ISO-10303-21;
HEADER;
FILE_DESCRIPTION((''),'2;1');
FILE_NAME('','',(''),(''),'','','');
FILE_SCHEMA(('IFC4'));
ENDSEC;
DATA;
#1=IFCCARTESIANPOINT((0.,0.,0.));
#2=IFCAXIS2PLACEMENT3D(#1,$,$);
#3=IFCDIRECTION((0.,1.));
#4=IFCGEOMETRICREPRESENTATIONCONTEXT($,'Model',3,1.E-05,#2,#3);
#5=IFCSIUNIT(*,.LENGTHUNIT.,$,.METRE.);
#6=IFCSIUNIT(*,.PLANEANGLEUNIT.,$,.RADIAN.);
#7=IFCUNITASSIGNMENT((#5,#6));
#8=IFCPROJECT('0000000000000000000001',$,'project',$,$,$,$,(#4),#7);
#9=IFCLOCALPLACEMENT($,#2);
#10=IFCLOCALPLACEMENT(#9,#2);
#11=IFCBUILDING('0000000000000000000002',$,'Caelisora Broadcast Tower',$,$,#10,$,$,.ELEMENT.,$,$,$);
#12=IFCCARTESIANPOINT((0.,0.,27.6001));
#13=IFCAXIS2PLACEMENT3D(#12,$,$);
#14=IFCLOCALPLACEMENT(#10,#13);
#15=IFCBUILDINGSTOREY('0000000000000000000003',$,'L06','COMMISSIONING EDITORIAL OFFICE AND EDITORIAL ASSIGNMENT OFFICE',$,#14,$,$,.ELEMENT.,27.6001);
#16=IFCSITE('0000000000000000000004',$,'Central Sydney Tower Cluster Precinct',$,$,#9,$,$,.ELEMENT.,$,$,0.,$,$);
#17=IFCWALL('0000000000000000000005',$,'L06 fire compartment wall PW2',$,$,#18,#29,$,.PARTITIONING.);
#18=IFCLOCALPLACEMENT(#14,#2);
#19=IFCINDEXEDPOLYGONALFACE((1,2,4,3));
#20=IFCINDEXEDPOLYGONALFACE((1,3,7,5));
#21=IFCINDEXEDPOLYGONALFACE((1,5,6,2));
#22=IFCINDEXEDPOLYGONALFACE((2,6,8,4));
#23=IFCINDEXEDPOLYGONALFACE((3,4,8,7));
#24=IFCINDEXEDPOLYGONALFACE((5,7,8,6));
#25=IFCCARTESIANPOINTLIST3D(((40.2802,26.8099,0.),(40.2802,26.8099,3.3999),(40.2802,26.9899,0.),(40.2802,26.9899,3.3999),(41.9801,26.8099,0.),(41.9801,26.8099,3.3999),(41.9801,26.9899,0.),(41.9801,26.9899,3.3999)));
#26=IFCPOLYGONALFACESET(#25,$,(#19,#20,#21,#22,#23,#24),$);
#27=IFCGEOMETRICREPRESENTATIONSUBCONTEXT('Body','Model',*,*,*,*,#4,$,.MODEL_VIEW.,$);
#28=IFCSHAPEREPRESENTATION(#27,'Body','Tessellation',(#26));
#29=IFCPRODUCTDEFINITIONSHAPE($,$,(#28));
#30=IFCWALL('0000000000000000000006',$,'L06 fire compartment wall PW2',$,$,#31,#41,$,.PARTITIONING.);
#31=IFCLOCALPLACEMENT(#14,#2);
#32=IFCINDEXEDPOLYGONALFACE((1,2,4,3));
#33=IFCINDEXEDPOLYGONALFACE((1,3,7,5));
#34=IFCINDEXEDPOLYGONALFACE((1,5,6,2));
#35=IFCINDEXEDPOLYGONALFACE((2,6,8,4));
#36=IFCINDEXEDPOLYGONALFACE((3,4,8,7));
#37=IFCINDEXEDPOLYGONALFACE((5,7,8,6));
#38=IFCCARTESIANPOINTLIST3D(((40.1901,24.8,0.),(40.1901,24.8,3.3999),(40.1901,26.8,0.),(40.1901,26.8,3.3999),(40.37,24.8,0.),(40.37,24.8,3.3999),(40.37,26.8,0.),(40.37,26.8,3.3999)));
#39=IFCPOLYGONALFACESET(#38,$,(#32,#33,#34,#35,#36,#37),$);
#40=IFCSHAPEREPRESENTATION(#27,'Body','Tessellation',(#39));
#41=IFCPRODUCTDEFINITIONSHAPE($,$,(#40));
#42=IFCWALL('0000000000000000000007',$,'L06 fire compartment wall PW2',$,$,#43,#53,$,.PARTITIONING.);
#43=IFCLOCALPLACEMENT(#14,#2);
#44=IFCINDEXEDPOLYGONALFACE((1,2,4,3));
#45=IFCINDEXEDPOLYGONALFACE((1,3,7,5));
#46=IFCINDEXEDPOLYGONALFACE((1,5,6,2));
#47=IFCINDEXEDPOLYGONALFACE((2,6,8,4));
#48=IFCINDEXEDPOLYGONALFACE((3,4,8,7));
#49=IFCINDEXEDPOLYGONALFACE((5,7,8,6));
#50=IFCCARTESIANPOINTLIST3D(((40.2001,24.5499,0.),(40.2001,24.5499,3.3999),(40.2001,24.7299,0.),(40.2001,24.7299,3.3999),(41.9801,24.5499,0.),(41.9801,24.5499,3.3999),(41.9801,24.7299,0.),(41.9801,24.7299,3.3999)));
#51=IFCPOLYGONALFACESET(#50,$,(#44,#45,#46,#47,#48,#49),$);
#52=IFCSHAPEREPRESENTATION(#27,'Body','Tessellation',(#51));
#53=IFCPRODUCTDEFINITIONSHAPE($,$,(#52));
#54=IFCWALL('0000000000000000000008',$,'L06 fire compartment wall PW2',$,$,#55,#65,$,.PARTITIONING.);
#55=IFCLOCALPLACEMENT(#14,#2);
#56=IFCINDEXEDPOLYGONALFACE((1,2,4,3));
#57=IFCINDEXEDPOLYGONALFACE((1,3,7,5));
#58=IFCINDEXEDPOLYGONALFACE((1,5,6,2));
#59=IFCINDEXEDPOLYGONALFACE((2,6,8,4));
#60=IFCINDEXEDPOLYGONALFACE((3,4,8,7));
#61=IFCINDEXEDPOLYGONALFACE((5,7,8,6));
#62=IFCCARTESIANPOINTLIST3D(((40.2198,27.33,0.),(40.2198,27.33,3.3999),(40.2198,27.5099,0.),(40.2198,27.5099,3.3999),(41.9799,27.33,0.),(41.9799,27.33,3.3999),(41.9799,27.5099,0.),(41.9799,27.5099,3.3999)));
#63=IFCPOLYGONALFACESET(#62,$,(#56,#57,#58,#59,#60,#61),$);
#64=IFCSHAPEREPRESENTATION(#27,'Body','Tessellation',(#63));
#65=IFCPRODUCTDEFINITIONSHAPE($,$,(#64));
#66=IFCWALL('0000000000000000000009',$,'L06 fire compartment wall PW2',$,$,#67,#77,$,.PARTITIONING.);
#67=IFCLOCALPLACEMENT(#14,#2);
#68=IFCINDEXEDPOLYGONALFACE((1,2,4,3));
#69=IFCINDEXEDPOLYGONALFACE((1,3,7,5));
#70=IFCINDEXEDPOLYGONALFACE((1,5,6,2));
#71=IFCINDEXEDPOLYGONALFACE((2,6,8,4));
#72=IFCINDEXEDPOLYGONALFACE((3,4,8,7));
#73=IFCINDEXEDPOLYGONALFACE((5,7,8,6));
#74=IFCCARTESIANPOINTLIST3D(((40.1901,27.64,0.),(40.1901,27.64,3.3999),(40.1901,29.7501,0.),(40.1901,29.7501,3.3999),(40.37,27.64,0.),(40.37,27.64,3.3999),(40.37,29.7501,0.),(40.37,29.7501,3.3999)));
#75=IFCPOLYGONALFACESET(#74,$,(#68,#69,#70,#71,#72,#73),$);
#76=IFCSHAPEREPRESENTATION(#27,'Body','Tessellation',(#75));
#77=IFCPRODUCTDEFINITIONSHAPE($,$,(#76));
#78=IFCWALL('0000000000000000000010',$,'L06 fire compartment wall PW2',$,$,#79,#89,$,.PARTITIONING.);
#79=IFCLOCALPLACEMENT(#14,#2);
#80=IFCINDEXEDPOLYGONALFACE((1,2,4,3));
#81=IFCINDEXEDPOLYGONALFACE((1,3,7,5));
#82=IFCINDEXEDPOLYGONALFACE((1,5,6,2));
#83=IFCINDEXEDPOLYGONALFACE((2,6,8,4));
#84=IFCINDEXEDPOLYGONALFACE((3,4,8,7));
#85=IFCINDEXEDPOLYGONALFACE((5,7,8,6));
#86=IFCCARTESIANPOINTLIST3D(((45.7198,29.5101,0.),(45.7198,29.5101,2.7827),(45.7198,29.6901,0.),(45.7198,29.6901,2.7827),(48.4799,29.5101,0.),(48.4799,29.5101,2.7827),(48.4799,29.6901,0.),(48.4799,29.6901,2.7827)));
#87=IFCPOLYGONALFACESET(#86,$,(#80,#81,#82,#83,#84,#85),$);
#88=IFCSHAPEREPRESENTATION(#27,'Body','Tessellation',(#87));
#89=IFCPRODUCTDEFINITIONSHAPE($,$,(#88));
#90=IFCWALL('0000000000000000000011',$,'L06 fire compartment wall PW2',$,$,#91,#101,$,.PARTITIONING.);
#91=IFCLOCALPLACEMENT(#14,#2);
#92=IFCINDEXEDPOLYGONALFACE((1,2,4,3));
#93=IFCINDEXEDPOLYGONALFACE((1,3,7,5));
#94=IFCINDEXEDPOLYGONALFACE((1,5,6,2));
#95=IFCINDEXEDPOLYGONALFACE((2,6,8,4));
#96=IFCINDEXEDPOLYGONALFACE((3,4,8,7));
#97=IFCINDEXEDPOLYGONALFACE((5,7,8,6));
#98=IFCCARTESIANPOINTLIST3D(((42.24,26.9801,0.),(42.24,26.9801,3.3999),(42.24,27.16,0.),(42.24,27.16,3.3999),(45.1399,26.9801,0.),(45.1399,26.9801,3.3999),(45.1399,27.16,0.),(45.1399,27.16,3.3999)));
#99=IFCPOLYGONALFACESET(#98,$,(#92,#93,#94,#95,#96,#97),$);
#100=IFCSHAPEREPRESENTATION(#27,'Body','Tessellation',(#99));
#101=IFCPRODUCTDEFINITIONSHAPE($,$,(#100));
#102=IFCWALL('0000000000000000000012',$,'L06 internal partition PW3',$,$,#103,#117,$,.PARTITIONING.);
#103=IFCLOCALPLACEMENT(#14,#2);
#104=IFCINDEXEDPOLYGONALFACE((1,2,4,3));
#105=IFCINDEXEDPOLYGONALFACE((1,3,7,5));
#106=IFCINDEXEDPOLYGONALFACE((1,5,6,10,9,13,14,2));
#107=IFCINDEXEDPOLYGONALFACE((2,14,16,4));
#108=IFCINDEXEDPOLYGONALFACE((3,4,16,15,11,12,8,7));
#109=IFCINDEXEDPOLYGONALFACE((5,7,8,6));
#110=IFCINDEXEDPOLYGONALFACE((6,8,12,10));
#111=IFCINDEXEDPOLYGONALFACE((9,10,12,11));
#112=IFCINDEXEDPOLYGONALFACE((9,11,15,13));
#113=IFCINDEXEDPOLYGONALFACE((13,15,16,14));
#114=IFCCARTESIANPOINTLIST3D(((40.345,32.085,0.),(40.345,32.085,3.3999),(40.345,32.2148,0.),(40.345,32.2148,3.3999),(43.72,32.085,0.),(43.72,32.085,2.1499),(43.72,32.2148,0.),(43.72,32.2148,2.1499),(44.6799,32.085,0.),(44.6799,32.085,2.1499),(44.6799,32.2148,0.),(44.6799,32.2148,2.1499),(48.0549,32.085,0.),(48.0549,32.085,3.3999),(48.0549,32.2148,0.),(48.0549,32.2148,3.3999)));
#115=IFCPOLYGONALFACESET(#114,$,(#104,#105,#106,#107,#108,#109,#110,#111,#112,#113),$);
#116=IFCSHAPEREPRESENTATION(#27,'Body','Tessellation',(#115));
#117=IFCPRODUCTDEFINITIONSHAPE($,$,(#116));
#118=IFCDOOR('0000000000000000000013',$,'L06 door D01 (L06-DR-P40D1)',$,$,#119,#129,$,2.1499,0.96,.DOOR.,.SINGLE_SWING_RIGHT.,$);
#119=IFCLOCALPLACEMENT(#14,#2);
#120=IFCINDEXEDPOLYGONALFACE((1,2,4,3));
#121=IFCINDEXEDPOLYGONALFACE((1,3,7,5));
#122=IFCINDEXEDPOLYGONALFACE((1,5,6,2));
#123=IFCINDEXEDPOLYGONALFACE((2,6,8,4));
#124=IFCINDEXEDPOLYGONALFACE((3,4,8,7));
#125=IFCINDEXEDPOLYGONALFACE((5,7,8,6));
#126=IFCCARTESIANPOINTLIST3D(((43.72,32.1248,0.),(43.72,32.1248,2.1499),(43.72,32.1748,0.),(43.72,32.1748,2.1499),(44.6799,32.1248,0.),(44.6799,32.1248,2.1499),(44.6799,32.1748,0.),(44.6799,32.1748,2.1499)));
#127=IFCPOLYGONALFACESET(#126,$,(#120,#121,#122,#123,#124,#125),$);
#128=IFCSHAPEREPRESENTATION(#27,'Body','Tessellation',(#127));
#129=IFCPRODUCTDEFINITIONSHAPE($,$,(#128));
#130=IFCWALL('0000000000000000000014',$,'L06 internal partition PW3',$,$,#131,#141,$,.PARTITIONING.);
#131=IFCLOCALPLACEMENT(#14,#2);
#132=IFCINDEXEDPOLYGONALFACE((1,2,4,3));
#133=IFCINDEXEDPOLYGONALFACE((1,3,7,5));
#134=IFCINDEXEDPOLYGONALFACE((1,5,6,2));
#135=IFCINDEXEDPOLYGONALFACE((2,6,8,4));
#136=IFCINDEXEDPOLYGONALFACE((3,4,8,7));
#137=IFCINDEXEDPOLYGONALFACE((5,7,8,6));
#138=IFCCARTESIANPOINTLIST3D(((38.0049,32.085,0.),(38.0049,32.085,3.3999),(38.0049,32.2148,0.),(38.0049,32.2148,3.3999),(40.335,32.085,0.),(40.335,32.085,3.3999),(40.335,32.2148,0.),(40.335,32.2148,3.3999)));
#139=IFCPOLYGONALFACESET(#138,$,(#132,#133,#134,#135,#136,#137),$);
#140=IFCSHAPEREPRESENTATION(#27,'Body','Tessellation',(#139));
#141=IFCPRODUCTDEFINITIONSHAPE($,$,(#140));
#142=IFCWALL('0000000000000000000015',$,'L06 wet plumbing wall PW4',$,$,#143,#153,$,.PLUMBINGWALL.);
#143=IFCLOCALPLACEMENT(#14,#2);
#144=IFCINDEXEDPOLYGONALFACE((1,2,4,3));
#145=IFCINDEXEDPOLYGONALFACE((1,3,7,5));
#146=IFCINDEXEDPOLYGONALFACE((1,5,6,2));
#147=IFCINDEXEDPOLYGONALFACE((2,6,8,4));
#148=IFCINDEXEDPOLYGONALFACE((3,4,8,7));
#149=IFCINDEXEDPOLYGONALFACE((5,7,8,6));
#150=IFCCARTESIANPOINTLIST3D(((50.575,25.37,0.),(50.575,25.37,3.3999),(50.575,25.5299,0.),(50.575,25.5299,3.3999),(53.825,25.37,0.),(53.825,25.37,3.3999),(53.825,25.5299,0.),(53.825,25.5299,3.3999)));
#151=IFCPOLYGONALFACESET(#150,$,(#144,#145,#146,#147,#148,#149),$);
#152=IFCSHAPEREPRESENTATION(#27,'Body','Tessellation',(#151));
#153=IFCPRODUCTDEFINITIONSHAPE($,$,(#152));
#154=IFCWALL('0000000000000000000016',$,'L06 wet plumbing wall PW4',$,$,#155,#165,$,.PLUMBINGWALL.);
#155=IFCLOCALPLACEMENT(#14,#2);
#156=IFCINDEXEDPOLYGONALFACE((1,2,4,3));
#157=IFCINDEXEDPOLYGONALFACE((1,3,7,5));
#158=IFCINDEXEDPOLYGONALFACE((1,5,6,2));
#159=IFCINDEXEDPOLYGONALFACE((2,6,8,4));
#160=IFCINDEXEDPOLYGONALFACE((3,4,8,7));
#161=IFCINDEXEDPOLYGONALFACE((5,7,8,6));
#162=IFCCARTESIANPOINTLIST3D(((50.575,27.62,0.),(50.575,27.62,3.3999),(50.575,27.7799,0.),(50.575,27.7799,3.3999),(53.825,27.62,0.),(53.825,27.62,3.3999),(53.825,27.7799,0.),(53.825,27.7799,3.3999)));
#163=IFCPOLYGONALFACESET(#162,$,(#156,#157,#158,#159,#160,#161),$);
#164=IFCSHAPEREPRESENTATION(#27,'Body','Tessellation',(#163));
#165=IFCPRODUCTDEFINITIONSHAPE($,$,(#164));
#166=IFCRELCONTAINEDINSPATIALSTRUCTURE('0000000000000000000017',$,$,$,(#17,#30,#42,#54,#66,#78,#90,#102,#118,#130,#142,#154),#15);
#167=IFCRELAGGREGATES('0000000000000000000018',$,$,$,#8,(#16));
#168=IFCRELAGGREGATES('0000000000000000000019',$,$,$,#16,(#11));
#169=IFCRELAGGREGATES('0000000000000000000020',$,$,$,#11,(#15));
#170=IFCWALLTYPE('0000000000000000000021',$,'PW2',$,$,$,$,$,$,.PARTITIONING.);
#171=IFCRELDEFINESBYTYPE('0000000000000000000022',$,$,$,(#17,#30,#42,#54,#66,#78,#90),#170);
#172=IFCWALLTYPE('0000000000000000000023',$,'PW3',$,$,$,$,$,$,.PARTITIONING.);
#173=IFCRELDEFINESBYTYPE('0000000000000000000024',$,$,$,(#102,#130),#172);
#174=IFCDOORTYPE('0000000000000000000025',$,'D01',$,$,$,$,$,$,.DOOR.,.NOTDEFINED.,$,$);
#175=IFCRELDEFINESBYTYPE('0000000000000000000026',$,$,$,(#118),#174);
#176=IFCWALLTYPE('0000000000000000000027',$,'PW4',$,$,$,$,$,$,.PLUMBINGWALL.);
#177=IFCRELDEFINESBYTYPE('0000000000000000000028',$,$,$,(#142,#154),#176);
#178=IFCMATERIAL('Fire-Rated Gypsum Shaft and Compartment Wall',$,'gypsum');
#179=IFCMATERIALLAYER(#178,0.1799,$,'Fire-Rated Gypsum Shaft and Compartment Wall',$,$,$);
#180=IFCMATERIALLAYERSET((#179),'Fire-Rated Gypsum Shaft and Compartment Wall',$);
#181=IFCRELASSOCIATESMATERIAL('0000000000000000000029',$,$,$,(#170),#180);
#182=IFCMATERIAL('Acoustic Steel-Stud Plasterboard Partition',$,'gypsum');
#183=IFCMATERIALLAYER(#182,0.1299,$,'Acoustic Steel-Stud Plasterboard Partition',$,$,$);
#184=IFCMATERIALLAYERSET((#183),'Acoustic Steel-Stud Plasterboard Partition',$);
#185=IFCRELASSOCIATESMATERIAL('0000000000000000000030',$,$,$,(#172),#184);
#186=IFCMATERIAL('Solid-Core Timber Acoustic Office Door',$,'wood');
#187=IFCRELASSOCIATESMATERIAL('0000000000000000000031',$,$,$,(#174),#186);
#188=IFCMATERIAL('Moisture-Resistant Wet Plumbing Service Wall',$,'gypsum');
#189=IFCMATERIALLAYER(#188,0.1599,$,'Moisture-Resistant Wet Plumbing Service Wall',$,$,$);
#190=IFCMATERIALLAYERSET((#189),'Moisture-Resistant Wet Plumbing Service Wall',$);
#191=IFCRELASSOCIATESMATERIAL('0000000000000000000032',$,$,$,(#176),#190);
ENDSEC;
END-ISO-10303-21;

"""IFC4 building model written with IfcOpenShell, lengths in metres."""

from ifc_helpers import new_model, si_unit, direction, frame, frame_2d, origin, place, context, subcontext, project, spatial, rectangle, extrude, material, layer, layer_set, type_object, element, fill, save


model = new_model("IFC4")

# Units and contexts
model_context = context("Model", 3, precision=1e-05, world=origin(), true_north=direction((0.0, 1.0)))
body_context = subcontext(model_context, "Body", "Model", "MODEL_VIEW")
ifc_project = project(units=[si_unit("LENGTHUNIT", "METRE"), si_unit("PLANEANGLEUNIT", "RADIAN")], contexts=[model_context])

# Site, building, storey
site_placement = place(None, origin())
site = spatial("IfcSite", under=ifc_project, at=site_placement, Name="Central Sydney Tower Cluster Precinct", CompositionType="ELEMENT", RefElevation=0.0)
building_placement = place(site_placement, origin())
building = spatial("IfcBuilding", under=site, at=building_placement, Name="Caelisora Broadcast Tower", CompositionType="ELEMENT")
storey_placement = place(building_placement, frame((0.0, 0.0, 27.6001)))
storey = spatial("IfcBuildingStorey", under=building, at=storey_placement, Name="L06", Description="COMMISSIONING EDITORIAL OFFICE AND EDITORIAL ASSIGNMENT OFFICE", CompositionType="ELEMENT", Elevation=27.6001)

# Walls
ifc_material_1 = material(Name="Fire-Rated Gypsum Shaft and Compartment Wall", Category="gypsum")
ifc_layer_1 = layer(ifc_material_1, 0.1799, Name="Fire-Rated Gypsum Shaft and Compartment Wall")
ifc_layer_set_1 = layer_set([ifc_layer_1], Name="Fire-Rated Gypsum Shaft and Compartment Wall")
wall_type_1 = type_object("IfcWallType", Name="PW2", PredefinedType="PARTITIONING", material=ifc_layer_set_1)
wall_1_placement = place(storey_placement, frame((40.28, 26.8999, 0.0), z_axis=(0.0, 0.0, 1.0), x_axis=(1.0, 0.0, 0.0)))
element("IfcWall", 1, at=wall_1_placement, inside=storey, type_object=wall_type_1, Name="L06 fire compartment wall PW2", PredefinedType="PARTITIONING", context=body_context, shape_type="SweptSolid", body=[
    extrude(rectangle(XDim=1.7, YDim=0.1799, at=frame_2d((0.8501, 0.0))), origin(), (0.0, 0.0, 1.0), 3.3999),
])
wall_2_placement = place(storey_placement, frame((40.28, 24.8, 0.0), z_axis=(0.0, 0.0, 1.0), x_axis=(0.0, 1.0, 0.0)))
element("IfcWall", 2, at=wall_2_placement, inside=storey, type_object=wall_type_1, Name="L06 fire compartment wall PW2", PredefinedType="PARTITIONING", context=body_context, shape_type="SweptSolid", body=[
    extrude(rectangle(XDim=2.0, YDim=0.1799, at=frame_2d((1.0, 0.0))), origin(), (0.0, 0.0, 1.0), 3.3999),
])
wall_3_placement = place(storey_placement, frame((40.2, 24.6399, 0.0), z_axis=(0.0, 0.0, 1.0), x_axis=(1.0, 0.0, 0.0)))
element("IfcWall", 3, at=wall_3_placement, inside=storey, type_object=wall_type_1, Name="L06 fire compartment wall PW2", PredefinedType="PARTITIONING", context=body_context, shape_type="SweptSolid", body=[
    extrude(rectangle(XDim=1.78, YDim=0.1799, at=frame_2d((0.8901, 0.0))), origin(), (0.0, 0.0, 1.0), 3.3999),
])
wall_4_placement = place(storey_placement, frame((40.22, 27.4199, 0.0), z_axis=(0.0, 0.0, 1.0), x_axis=(1.0, 0.0, 0.0)))
element("IfcWall", 4, at=wall_4_placement, inside=storey, type_object=wall_type_1, Name="L06 fire compartment wall PW2", PredefinedType="PARTITIONING", context=body_context, shape_type="SweptSolid", body=[
    extrude(rectangle(XDim=1.76, YDim=0.1799, at=frame_2d((0.8799, 0.0))), origin(), (0.0, 0.0, 1.0), 3.3999),
])
wall_5_placement = place(storey_placement, frame((40.28, 27.6399, 0.0), z_axis=(0.0, 0.0, 1.0), x_axis=(0.0, 1.0, 0.0)))
element("IfcWall", 5, at=wall_5_placement, inside=storey, type_object=wall_type_1, Name="L06 fire compartment wall PW2", PredefinedType="PARTITIONING", context=body_context, shape_type="SweptSolid", body=[
    extrude(rectangle(XDim=2.1101, YDim=0.1799, at=frame_2d((1.0552, 0.0))), origin(), (0.0, 0.0, 1.0), 3.3999),
])
wall_6_placement = place(storey_placement, frame((45.72, 29.6001, 0.0), z_axis=(0.0, 0.0, 1.0), x_axis=(1.0, 0.0, 0.0)))
element("IfcWall", 6, at=wall_6_placement, inside=storey, type_object=wall_type_1, Name="L06 fire compartment wall PW2", PredefinedType="PARTITIONING", context=body_context, shape_type="SweptSolid", body=[
    extrude(rectangle(XDim=2.76, YDim=0.1799, at=frame_2d((1.3799, 0.0))), origin(), (0.0, 0.0, 1.0), 2.7827),
])
wall_7_placement = place(storey_placement, frame((42.24, 27.0701, 0.0), z_axis=(0.0, 0.0, 1.0), x_axis=(1.0, 0.0, 0.0)))
element("IfcWall", 7, at=wall_7_placement, inside=storey, type_object=wall_type_1, Name="L06 fire compartment wall PW2", PredefinedType="PARTITIONING", context=body_context, shape_type="SweptSolid", body=[
    extrude(rectangle(XDim=2.8999, YDim=0.1799, at=frame_2d((1.45, 0.0))), origin(), (0.0, 0.0, 1.0), 3.3999),
])

# Wall, opening, door
ifc_material_2 = material(Name="Acoustic Steel-Stud Plasterboard Partition", Category="gypsum")
ifc_layer_2 = layer(ifc_material_2, 0.1299, Name="Acoustic Steel-Stud Plasterboard Partition")
ifc_layer_set_2 = layer_set([ifc_layer_2], Name="Acoustic Steel-Stud Plasterboard Partition")
wall_type_2 = type_object("IfcWallType", Name="PW3", PredefinedType="PARTITIONING", material=ifc_layer_set_2)
wall_8_placement = place(storey_placement, frame((40.345, 32.1499, 0.0), z_axis=(0.0, 0.0, 1.0), x_axis=(1.0, 0.0, 0.0)))
wall_8 = element("IfcWall", 8, at=wall_8_placement, inside=storey, type_object=wall_type_2, Name="L06 internal partition PW3", PredefinedType="PARTITIONING", context=body_context, shape_type="SweptSolid", body=[
    extrude(rectangle(XDim=7.71, YDim=0.1299, at=frame_2d((3.855, 0.0))), origin(), (0.0, 0.0, 1.0), 3.3999),
])
opening_1_placement = place(wall_8_placement, frame((3.375, 0.0, 0.0)))
opening_1 = element("IfcOpeningElement", 9, at=opening_1_placement, cuts=wall_8, PredefinedType="OPENING", context=body_context, shape_type="SweptSolid", body=[
    extrude(rectangle(XDim=0.96, YDim=2.1499, at=frame_2d((0.48, 1.075))), frame((0.0, 0.0769, 0.0), z_axis=(0.0, -1.0, 0.0), x_axis=(1.0, 0.0, 0.0)), (0.0, 0.0, 1.0), 0.1538),
])
ifc_material_3 = material(Name="Solid-Core Timber Acoustic Office Door", Category="wood")
door_type_1 = type_object("IfcDoorType", Name="D01", OperationType="NOTDEFINED", PredefinedType="DOOR", material=ifc_material_3)
door_1_placement = place(opening_1_placement, origin())
door_1 = element("IfcDoor", 10, at=door_1_placement, inside=storey, type_object=door_type_1, Name="L06 door D01 (L06-DR-P40D1)", OperationType="SINGLE_SWING_RIGHT", OverallHeight=2.1499, OverallWidth=0.96, PredefinedType="DOOR", context=body_context, shape_type="SweptSolid", body=[
    extrude(rectangle(XDim=0.96, YDim=2.1499, at=frame_2d((0.48, 1.075))), frame((0.0, 0.0249, 0.0), z_axis=(0.0, -1.0, 0.0), x_axis=(1.0, 0.0, 0.0)), (0.0, 0.0, 1.0), 0.05),
])
fill(opening_1, door_1)

# Walls
wall_9_placement = place(storey_placement, frame((38.0049, 32.1499, 0.0), z_axis=(0.0, 0.0, 1.0), x_axis=(1.0, 0.0, 0.0)))
element("IfcWall", 11, at=wall_9_placement, inside=storey, type_object=wall_type_2, Name="L06 internal partition PW3", PredefinedType="PARTITIONING", context=body_context, shape_type="SweptSolid", body=[
    extrude(rectangle(XDim=2.3301, YDim=0.1299, at=frame_2d((1.165, 0.0))), origin(), (0.0, 0.0, 1.0), 3.3999),
])
ifc_material_4 = material(Name="Moisture-Resistant Wet Plumbing Service Wall", Category="gypsum")
ifc_layer_3 = layer(ifc_material_4, 0.1599, Name="Moisture-Resistant Wet Plumbing Service Wall")
ifc_layer_set_3 = layer_set([ifc_layer_3], Name="Moisture-Resistant Wet Plumbing Service Wall")
wall_type_3 = type_object("IfcWallType", Name="PW4", PredefinedType="PLUMBINGWALL", material=ifc_layer_set_3)
for number, where, z_axis, x_axis, name in (
    (12, (50.575, 25.45, 0.0), (0.0, 0.0, 1.0), (1.0, 0.0, 0.0), "L06 wet plumbing wall PW4"),
    (13, (50.575, 27.7, 0.0), (0.0, 0.0, 1.0), (1.0, 0.0, 0.0), "L06 wet plumbing wall PW4"),
):
    element("IfcWall", number, at=place(storey_placement, frame(where, z_axis=z_axis, x_axis=x_axis)), inside=storey, type_object=wall_type_3, Name=name, PredefinedType="PLUMBINGWALL", context=body_context, shape_type="SweptSolid", body=[
        extrude(rectangle(XDim=3.25, YDim=0.1599, at=frame_2d((1.625, 0.0))), origin(), (0.0, 0.0, 1.0), 3.3999),
    ])

save(model, "model.ifc")
